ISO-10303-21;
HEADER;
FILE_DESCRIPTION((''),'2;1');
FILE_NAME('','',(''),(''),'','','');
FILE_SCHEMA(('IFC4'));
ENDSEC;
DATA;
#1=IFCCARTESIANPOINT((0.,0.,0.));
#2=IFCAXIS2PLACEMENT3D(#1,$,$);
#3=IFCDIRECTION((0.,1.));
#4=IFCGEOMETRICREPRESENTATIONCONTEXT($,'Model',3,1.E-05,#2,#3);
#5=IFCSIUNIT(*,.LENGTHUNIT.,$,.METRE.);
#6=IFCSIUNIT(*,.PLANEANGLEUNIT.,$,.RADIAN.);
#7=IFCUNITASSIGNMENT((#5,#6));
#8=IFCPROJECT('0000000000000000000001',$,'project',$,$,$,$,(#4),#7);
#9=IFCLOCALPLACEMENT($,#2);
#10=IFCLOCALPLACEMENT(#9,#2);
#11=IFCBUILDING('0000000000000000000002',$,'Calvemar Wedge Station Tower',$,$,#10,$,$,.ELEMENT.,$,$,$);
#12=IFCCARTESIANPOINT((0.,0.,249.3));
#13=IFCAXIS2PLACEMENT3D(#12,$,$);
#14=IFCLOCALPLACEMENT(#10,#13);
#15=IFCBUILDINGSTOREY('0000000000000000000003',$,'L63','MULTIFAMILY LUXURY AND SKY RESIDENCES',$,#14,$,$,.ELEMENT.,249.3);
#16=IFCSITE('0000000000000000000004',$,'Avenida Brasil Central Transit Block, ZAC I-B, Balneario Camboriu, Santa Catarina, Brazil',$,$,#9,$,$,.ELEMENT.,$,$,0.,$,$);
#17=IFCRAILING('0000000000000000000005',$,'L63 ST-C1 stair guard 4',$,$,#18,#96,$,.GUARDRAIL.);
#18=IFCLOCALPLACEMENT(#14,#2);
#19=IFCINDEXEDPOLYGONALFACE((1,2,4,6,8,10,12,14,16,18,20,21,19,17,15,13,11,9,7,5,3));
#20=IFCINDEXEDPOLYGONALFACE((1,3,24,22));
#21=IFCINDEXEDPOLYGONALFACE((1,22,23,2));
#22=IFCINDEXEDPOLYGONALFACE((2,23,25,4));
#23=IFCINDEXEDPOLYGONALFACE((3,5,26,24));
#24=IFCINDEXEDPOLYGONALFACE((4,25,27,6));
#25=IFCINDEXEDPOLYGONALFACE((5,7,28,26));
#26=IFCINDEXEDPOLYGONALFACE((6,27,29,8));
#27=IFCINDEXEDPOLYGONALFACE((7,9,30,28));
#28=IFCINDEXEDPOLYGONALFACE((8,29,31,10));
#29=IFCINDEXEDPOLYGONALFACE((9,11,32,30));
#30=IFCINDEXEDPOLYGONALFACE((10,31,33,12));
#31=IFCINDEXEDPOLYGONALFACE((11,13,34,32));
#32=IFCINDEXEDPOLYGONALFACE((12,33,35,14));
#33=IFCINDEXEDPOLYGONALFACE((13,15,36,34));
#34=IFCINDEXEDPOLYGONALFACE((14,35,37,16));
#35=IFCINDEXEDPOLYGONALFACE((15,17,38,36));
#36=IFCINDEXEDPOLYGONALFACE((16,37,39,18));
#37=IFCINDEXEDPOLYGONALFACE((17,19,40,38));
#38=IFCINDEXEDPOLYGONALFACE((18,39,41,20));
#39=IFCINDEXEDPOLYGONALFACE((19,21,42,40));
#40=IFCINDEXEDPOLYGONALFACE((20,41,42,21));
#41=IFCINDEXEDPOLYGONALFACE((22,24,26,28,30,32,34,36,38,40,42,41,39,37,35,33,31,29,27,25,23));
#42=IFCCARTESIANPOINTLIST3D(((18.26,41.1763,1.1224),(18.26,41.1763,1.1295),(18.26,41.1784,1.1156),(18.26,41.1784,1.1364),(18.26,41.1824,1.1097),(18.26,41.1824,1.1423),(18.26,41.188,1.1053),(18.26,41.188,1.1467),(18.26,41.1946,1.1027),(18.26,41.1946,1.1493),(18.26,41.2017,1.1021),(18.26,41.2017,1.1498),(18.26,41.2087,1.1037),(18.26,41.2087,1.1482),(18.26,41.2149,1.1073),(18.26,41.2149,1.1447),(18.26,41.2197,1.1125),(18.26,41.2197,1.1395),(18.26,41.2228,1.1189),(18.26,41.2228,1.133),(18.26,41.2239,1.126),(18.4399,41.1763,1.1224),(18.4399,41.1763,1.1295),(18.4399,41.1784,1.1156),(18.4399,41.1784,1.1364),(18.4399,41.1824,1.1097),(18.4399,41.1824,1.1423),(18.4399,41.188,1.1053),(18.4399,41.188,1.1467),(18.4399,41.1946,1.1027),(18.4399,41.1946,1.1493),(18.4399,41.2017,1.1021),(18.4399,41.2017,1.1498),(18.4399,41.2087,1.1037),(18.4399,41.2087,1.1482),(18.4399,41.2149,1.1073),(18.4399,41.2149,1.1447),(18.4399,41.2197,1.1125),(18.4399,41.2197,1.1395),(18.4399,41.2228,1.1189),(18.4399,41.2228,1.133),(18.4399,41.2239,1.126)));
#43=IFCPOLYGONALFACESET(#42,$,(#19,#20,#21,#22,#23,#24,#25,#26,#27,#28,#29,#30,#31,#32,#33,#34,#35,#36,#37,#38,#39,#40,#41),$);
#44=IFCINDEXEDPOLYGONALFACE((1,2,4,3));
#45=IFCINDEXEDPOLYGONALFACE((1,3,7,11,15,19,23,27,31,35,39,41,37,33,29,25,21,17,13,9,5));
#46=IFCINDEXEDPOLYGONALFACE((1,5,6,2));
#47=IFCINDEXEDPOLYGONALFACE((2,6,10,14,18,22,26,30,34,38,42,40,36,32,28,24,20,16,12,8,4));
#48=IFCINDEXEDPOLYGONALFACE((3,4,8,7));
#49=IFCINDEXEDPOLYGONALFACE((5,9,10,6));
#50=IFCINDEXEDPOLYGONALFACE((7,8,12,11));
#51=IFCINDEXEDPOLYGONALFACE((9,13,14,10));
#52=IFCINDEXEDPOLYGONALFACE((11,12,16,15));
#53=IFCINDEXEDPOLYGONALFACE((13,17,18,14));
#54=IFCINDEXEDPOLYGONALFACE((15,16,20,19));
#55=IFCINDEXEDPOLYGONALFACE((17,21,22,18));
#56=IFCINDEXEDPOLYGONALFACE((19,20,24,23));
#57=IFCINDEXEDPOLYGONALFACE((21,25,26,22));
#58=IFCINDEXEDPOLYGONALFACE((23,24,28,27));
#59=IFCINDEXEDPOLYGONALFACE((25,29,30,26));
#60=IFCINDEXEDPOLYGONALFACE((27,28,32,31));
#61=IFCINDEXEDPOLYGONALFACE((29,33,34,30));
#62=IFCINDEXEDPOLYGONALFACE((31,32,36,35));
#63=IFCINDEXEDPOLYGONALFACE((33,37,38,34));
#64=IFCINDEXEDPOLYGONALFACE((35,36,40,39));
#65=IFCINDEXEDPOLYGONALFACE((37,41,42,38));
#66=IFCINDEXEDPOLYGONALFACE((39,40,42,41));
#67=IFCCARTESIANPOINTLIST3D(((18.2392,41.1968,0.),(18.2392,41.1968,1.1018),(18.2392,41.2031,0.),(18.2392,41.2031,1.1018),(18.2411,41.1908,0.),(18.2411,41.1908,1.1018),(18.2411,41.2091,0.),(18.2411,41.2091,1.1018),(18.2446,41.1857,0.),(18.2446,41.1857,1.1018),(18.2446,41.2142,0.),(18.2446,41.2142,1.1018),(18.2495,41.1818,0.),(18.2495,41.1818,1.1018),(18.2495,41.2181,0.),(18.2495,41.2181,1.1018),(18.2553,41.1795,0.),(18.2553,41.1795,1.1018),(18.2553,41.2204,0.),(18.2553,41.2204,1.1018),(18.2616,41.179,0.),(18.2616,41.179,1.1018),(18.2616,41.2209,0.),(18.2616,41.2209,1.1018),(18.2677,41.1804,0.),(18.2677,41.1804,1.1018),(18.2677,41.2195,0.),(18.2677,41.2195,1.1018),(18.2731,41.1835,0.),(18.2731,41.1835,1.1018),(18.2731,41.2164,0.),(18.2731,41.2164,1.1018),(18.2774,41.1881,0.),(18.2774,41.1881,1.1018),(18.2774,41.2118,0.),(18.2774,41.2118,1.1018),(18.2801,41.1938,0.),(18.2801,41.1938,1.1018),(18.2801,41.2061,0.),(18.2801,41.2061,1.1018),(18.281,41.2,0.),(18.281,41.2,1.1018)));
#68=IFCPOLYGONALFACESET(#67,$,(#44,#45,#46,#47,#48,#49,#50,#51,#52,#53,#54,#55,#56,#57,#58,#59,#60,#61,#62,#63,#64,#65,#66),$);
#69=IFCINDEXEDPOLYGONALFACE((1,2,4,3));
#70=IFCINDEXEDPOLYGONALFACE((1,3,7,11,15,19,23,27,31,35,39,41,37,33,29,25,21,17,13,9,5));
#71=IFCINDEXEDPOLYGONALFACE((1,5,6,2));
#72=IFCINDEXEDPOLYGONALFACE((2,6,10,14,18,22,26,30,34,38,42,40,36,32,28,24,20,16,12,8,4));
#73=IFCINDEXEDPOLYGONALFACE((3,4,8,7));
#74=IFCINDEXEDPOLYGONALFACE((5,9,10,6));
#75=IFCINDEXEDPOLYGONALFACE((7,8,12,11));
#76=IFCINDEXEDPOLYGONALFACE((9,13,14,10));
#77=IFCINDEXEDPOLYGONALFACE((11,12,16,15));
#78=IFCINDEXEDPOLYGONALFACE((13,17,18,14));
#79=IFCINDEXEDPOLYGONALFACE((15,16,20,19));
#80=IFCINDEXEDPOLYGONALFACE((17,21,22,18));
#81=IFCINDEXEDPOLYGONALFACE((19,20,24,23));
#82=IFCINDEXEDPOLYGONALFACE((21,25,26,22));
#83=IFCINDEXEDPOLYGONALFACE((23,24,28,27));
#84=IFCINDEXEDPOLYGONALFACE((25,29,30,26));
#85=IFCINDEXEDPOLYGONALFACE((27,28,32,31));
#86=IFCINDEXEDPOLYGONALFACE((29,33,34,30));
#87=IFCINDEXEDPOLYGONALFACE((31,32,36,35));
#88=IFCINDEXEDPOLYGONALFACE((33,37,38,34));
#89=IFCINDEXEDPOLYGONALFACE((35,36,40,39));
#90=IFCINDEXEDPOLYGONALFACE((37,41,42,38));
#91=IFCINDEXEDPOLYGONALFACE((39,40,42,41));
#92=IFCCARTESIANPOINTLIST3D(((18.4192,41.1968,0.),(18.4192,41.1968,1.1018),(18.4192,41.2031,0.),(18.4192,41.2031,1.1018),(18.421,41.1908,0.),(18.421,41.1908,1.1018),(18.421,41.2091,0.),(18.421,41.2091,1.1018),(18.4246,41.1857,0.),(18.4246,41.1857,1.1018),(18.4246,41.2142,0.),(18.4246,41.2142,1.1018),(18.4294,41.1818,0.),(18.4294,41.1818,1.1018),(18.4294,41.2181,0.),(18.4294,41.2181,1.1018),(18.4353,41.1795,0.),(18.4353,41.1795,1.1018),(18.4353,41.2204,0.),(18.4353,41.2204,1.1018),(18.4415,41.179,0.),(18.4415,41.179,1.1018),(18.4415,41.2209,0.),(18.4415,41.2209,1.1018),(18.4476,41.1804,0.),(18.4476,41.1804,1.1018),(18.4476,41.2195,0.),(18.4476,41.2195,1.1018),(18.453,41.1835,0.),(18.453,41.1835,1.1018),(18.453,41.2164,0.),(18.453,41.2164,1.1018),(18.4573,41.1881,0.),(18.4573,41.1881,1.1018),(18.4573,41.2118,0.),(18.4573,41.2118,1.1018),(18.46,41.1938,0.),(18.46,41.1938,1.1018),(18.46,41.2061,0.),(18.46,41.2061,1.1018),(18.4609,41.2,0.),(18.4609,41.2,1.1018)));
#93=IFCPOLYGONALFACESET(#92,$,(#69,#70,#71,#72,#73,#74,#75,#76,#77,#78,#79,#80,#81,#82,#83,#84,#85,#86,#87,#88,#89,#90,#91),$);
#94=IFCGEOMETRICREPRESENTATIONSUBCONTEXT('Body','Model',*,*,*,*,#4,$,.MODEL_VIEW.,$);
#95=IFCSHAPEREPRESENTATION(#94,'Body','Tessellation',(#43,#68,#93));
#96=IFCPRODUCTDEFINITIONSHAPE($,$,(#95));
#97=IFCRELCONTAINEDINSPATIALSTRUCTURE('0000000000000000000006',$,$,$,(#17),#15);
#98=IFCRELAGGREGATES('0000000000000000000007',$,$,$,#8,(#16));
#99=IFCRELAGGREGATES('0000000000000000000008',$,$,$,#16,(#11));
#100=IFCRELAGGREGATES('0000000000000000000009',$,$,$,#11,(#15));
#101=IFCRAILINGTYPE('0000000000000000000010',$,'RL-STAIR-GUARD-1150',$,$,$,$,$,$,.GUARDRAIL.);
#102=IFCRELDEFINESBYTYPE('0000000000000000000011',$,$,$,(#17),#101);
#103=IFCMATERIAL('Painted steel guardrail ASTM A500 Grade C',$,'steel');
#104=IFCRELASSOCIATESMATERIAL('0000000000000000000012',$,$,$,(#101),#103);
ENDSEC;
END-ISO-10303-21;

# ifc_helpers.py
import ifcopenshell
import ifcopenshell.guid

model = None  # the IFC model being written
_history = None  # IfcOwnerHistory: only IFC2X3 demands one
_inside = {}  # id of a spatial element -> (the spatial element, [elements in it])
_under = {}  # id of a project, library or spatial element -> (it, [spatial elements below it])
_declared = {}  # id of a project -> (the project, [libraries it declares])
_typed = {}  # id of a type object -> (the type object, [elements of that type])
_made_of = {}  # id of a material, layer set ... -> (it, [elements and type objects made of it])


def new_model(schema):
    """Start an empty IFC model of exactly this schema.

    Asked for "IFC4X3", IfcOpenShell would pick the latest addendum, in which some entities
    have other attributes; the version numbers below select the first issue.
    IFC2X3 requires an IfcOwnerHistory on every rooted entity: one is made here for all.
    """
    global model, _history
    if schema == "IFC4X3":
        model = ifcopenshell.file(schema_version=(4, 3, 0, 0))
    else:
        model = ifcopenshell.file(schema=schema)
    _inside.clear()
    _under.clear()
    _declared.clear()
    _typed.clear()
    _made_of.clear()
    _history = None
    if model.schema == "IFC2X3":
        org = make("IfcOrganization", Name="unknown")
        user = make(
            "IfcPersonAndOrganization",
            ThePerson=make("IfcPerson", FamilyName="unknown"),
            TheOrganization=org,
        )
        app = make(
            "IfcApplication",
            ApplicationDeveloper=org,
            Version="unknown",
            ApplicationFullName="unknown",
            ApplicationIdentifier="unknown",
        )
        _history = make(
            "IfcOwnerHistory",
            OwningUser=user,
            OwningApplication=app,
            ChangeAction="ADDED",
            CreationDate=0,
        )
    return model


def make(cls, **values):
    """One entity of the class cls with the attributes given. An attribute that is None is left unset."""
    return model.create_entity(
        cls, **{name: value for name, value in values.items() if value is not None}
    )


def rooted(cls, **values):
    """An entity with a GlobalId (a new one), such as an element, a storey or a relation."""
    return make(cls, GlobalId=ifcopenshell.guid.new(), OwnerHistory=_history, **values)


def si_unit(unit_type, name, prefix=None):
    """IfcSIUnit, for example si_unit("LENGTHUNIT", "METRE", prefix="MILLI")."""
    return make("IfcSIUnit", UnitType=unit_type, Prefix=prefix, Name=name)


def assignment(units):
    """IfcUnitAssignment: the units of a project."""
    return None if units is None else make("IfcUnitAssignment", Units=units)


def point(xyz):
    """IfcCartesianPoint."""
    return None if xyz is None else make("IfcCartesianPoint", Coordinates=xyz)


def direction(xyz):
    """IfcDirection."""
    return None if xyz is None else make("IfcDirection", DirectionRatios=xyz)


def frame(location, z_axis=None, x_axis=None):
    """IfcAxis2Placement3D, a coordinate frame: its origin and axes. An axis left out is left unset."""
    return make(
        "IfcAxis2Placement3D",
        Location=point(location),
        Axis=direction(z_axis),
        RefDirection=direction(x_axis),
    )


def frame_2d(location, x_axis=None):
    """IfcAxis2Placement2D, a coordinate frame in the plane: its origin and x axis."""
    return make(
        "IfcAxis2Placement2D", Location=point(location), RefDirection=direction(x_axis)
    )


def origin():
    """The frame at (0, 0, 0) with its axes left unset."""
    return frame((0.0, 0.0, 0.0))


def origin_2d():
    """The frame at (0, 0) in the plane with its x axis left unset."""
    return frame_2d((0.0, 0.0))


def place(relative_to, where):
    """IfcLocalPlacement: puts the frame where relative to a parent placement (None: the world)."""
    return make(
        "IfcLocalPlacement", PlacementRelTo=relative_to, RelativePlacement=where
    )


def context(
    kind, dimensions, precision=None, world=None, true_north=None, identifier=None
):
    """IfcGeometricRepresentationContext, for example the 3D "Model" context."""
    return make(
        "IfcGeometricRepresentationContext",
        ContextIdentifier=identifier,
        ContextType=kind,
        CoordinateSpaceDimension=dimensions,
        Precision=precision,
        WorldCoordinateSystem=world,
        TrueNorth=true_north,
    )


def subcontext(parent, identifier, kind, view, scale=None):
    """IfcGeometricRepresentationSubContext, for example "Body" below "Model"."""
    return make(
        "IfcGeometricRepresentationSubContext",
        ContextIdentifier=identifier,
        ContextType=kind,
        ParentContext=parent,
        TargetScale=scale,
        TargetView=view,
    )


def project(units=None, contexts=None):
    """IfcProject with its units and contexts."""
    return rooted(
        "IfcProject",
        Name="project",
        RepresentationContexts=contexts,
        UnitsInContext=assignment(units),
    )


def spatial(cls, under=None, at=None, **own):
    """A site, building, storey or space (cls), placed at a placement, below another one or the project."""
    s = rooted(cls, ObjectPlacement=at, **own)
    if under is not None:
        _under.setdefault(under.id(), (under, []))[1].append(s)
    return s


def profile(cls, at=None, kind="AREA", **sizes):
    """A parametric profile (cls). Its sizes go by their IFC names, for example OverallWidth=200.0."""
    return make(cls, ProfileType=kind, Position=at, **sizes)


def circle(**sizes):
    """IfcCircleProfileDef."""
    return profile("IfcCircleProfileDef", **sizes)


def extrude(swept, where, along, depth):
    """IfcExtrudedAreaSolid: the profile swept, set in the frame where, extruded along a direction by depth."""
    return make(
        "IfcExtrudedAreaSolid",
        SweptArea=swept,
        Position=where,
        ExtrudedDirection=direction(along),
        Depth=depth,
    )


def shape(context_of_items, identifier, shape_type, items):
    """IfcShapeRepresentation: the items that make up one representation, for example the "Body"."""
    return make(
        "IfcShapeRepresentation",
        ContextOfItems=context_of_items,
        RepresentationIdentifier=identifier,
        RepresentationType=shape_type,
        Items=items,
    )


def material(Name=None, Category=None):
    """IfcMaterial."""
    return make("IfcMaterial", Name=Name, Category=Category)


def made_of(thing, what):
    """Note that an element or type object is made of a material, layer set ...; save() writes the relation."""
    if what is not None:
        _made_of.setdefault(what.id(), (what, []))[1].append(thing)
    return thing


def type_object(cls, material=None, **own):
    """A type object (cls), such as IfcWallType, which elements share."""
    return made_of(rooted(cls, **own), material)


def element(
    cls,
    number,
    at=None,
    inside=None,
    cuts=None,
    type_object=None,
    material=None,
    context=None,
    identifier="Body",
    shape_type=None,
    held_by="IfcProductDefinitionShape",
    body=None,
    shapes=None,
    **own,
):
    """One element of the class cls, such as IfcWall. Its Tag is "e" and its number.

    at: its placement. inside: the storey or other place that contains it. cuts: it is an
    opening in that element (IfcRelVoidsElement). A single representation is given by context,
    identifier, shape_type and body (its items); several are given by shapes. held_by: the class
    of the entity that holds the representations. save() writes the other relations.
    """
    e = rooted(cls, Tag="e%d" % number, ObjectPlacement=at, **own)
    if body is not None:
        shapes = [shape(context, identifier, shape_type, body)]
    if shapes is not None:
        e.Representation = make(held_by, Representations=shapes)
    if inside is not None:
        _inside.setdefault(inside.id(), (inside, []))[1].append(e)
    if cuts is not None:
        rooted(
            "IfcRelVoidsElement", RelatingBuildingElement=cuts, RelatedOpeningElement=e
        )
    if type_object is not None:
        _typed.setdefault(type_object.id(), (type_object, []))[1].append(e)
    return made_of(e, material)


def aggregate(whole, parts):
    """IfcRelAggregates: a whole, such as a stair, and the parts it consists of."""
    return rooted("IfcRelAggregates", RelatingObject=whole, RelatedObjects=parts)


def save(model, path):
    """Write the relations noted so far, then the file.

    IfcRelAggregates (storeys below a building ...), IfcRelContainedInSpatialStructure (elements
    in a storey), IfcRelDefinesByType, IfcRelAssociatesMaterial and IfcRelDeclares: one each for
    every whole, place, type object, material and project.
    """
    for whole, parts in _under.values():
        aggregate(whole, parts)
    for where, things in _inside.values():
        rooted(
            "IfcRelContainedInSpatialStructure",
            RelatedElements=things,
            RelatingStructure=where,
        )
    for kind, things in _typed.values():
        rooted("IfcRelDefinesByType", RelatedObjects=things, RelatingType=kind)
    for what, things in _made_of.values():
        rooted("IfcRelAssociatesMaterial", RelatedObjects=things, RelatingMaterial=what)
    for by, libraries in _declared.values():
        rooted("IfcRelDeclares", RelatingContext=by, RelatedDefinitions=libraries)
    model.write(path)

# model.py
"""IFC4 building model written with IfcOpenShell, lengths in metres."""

from ifc_helpers import new_model, si_unit, direction, frame, origin, origin_2d, place, context, subcontext, project, spatial, circle, extrude, material, type_object, element, save


model = new_model("IFC4")

# Units and contexts
model_context = context("Model", 3, precision=1e-05, world=origin(), true_north=direction((0.0, 1.0)))
body_context = subcontext(model_context, "Body", "Model", "MODEL_VIEW")
ifc_project = project(units=[si_unit("LENGTHUNIT", "METRE"), si_unit("PLANEANGLEUNIT", "RADIAN")], contexts=[model_context])

# Site, building, storey
site_placement = place(None, origin())
site = spatial("IfcSite", under=ifc_project, at=site_placement, Name="Avenida Brasil Central Transit Block, ZAC I-B, Balneario Camboriu, Santa Catarina, Brazil", CompositionType="ELEMENT", RefElevation=0.0)
building_placement = place(site_placement, origin())
building = spatial("IfcBuilding", under=site, at=building_placement, Name="Calvemar Wedge Station Tower", CompositionType="ELEMENT")
storey_placement = place(building_placement, frame((0.0, 0.0, 249.3)))
storey = spatial("IfcBuildingStorey", under=building, at=storey_placement, Name="L63", Description="MULTIFAMILY LUXURY AND SKY RESIDENCES", CompositionType="ELEMENT", Elevation=249.3)

# Railing
ifc_material_1 = material(Name="Painted steel guardrail ASTM A500 Grade C", Category="steel")
railing_type_1 = type_object("IfcRailingType", Name="RL-STAIR-GUARD-1150", PredefinedType="GUARDRAIL", material=ifc_material_1)
railing_1_placement = place(storey_placement, frame((18.26, 41.2, 0.0)))
element("IfcRailing", 1, at=railing_1_placement, inside=storey, type_object=railing_type_1, Name="L63 ST-C1 stair guard 4", PredefinedType="GUARDRAIL", context=body_context, shape_type="SweptSolid", body=[
    extrude(circle(Radius=0.0239, at=origin_2d()), frame((0.0, 0.0, 1.126), z_axis=(1.0, 0.0, 0.0), x_axis=(0.0, 1.0, 0.0)), (0.0, 0.0, 1.0), 0.1799),
    extrude(circle(Radius=0.021, at=origin_2d()), origin(), (0.0, 0.0, 1.0), 1.1018),
    extrude(circle(Radius=0.021, at=origin_2d()), frame((0.1799, 0.0, 0.0)), (0.0, 0.0, 1.0), 1.1018),
])

save(model, "model.ifc")
